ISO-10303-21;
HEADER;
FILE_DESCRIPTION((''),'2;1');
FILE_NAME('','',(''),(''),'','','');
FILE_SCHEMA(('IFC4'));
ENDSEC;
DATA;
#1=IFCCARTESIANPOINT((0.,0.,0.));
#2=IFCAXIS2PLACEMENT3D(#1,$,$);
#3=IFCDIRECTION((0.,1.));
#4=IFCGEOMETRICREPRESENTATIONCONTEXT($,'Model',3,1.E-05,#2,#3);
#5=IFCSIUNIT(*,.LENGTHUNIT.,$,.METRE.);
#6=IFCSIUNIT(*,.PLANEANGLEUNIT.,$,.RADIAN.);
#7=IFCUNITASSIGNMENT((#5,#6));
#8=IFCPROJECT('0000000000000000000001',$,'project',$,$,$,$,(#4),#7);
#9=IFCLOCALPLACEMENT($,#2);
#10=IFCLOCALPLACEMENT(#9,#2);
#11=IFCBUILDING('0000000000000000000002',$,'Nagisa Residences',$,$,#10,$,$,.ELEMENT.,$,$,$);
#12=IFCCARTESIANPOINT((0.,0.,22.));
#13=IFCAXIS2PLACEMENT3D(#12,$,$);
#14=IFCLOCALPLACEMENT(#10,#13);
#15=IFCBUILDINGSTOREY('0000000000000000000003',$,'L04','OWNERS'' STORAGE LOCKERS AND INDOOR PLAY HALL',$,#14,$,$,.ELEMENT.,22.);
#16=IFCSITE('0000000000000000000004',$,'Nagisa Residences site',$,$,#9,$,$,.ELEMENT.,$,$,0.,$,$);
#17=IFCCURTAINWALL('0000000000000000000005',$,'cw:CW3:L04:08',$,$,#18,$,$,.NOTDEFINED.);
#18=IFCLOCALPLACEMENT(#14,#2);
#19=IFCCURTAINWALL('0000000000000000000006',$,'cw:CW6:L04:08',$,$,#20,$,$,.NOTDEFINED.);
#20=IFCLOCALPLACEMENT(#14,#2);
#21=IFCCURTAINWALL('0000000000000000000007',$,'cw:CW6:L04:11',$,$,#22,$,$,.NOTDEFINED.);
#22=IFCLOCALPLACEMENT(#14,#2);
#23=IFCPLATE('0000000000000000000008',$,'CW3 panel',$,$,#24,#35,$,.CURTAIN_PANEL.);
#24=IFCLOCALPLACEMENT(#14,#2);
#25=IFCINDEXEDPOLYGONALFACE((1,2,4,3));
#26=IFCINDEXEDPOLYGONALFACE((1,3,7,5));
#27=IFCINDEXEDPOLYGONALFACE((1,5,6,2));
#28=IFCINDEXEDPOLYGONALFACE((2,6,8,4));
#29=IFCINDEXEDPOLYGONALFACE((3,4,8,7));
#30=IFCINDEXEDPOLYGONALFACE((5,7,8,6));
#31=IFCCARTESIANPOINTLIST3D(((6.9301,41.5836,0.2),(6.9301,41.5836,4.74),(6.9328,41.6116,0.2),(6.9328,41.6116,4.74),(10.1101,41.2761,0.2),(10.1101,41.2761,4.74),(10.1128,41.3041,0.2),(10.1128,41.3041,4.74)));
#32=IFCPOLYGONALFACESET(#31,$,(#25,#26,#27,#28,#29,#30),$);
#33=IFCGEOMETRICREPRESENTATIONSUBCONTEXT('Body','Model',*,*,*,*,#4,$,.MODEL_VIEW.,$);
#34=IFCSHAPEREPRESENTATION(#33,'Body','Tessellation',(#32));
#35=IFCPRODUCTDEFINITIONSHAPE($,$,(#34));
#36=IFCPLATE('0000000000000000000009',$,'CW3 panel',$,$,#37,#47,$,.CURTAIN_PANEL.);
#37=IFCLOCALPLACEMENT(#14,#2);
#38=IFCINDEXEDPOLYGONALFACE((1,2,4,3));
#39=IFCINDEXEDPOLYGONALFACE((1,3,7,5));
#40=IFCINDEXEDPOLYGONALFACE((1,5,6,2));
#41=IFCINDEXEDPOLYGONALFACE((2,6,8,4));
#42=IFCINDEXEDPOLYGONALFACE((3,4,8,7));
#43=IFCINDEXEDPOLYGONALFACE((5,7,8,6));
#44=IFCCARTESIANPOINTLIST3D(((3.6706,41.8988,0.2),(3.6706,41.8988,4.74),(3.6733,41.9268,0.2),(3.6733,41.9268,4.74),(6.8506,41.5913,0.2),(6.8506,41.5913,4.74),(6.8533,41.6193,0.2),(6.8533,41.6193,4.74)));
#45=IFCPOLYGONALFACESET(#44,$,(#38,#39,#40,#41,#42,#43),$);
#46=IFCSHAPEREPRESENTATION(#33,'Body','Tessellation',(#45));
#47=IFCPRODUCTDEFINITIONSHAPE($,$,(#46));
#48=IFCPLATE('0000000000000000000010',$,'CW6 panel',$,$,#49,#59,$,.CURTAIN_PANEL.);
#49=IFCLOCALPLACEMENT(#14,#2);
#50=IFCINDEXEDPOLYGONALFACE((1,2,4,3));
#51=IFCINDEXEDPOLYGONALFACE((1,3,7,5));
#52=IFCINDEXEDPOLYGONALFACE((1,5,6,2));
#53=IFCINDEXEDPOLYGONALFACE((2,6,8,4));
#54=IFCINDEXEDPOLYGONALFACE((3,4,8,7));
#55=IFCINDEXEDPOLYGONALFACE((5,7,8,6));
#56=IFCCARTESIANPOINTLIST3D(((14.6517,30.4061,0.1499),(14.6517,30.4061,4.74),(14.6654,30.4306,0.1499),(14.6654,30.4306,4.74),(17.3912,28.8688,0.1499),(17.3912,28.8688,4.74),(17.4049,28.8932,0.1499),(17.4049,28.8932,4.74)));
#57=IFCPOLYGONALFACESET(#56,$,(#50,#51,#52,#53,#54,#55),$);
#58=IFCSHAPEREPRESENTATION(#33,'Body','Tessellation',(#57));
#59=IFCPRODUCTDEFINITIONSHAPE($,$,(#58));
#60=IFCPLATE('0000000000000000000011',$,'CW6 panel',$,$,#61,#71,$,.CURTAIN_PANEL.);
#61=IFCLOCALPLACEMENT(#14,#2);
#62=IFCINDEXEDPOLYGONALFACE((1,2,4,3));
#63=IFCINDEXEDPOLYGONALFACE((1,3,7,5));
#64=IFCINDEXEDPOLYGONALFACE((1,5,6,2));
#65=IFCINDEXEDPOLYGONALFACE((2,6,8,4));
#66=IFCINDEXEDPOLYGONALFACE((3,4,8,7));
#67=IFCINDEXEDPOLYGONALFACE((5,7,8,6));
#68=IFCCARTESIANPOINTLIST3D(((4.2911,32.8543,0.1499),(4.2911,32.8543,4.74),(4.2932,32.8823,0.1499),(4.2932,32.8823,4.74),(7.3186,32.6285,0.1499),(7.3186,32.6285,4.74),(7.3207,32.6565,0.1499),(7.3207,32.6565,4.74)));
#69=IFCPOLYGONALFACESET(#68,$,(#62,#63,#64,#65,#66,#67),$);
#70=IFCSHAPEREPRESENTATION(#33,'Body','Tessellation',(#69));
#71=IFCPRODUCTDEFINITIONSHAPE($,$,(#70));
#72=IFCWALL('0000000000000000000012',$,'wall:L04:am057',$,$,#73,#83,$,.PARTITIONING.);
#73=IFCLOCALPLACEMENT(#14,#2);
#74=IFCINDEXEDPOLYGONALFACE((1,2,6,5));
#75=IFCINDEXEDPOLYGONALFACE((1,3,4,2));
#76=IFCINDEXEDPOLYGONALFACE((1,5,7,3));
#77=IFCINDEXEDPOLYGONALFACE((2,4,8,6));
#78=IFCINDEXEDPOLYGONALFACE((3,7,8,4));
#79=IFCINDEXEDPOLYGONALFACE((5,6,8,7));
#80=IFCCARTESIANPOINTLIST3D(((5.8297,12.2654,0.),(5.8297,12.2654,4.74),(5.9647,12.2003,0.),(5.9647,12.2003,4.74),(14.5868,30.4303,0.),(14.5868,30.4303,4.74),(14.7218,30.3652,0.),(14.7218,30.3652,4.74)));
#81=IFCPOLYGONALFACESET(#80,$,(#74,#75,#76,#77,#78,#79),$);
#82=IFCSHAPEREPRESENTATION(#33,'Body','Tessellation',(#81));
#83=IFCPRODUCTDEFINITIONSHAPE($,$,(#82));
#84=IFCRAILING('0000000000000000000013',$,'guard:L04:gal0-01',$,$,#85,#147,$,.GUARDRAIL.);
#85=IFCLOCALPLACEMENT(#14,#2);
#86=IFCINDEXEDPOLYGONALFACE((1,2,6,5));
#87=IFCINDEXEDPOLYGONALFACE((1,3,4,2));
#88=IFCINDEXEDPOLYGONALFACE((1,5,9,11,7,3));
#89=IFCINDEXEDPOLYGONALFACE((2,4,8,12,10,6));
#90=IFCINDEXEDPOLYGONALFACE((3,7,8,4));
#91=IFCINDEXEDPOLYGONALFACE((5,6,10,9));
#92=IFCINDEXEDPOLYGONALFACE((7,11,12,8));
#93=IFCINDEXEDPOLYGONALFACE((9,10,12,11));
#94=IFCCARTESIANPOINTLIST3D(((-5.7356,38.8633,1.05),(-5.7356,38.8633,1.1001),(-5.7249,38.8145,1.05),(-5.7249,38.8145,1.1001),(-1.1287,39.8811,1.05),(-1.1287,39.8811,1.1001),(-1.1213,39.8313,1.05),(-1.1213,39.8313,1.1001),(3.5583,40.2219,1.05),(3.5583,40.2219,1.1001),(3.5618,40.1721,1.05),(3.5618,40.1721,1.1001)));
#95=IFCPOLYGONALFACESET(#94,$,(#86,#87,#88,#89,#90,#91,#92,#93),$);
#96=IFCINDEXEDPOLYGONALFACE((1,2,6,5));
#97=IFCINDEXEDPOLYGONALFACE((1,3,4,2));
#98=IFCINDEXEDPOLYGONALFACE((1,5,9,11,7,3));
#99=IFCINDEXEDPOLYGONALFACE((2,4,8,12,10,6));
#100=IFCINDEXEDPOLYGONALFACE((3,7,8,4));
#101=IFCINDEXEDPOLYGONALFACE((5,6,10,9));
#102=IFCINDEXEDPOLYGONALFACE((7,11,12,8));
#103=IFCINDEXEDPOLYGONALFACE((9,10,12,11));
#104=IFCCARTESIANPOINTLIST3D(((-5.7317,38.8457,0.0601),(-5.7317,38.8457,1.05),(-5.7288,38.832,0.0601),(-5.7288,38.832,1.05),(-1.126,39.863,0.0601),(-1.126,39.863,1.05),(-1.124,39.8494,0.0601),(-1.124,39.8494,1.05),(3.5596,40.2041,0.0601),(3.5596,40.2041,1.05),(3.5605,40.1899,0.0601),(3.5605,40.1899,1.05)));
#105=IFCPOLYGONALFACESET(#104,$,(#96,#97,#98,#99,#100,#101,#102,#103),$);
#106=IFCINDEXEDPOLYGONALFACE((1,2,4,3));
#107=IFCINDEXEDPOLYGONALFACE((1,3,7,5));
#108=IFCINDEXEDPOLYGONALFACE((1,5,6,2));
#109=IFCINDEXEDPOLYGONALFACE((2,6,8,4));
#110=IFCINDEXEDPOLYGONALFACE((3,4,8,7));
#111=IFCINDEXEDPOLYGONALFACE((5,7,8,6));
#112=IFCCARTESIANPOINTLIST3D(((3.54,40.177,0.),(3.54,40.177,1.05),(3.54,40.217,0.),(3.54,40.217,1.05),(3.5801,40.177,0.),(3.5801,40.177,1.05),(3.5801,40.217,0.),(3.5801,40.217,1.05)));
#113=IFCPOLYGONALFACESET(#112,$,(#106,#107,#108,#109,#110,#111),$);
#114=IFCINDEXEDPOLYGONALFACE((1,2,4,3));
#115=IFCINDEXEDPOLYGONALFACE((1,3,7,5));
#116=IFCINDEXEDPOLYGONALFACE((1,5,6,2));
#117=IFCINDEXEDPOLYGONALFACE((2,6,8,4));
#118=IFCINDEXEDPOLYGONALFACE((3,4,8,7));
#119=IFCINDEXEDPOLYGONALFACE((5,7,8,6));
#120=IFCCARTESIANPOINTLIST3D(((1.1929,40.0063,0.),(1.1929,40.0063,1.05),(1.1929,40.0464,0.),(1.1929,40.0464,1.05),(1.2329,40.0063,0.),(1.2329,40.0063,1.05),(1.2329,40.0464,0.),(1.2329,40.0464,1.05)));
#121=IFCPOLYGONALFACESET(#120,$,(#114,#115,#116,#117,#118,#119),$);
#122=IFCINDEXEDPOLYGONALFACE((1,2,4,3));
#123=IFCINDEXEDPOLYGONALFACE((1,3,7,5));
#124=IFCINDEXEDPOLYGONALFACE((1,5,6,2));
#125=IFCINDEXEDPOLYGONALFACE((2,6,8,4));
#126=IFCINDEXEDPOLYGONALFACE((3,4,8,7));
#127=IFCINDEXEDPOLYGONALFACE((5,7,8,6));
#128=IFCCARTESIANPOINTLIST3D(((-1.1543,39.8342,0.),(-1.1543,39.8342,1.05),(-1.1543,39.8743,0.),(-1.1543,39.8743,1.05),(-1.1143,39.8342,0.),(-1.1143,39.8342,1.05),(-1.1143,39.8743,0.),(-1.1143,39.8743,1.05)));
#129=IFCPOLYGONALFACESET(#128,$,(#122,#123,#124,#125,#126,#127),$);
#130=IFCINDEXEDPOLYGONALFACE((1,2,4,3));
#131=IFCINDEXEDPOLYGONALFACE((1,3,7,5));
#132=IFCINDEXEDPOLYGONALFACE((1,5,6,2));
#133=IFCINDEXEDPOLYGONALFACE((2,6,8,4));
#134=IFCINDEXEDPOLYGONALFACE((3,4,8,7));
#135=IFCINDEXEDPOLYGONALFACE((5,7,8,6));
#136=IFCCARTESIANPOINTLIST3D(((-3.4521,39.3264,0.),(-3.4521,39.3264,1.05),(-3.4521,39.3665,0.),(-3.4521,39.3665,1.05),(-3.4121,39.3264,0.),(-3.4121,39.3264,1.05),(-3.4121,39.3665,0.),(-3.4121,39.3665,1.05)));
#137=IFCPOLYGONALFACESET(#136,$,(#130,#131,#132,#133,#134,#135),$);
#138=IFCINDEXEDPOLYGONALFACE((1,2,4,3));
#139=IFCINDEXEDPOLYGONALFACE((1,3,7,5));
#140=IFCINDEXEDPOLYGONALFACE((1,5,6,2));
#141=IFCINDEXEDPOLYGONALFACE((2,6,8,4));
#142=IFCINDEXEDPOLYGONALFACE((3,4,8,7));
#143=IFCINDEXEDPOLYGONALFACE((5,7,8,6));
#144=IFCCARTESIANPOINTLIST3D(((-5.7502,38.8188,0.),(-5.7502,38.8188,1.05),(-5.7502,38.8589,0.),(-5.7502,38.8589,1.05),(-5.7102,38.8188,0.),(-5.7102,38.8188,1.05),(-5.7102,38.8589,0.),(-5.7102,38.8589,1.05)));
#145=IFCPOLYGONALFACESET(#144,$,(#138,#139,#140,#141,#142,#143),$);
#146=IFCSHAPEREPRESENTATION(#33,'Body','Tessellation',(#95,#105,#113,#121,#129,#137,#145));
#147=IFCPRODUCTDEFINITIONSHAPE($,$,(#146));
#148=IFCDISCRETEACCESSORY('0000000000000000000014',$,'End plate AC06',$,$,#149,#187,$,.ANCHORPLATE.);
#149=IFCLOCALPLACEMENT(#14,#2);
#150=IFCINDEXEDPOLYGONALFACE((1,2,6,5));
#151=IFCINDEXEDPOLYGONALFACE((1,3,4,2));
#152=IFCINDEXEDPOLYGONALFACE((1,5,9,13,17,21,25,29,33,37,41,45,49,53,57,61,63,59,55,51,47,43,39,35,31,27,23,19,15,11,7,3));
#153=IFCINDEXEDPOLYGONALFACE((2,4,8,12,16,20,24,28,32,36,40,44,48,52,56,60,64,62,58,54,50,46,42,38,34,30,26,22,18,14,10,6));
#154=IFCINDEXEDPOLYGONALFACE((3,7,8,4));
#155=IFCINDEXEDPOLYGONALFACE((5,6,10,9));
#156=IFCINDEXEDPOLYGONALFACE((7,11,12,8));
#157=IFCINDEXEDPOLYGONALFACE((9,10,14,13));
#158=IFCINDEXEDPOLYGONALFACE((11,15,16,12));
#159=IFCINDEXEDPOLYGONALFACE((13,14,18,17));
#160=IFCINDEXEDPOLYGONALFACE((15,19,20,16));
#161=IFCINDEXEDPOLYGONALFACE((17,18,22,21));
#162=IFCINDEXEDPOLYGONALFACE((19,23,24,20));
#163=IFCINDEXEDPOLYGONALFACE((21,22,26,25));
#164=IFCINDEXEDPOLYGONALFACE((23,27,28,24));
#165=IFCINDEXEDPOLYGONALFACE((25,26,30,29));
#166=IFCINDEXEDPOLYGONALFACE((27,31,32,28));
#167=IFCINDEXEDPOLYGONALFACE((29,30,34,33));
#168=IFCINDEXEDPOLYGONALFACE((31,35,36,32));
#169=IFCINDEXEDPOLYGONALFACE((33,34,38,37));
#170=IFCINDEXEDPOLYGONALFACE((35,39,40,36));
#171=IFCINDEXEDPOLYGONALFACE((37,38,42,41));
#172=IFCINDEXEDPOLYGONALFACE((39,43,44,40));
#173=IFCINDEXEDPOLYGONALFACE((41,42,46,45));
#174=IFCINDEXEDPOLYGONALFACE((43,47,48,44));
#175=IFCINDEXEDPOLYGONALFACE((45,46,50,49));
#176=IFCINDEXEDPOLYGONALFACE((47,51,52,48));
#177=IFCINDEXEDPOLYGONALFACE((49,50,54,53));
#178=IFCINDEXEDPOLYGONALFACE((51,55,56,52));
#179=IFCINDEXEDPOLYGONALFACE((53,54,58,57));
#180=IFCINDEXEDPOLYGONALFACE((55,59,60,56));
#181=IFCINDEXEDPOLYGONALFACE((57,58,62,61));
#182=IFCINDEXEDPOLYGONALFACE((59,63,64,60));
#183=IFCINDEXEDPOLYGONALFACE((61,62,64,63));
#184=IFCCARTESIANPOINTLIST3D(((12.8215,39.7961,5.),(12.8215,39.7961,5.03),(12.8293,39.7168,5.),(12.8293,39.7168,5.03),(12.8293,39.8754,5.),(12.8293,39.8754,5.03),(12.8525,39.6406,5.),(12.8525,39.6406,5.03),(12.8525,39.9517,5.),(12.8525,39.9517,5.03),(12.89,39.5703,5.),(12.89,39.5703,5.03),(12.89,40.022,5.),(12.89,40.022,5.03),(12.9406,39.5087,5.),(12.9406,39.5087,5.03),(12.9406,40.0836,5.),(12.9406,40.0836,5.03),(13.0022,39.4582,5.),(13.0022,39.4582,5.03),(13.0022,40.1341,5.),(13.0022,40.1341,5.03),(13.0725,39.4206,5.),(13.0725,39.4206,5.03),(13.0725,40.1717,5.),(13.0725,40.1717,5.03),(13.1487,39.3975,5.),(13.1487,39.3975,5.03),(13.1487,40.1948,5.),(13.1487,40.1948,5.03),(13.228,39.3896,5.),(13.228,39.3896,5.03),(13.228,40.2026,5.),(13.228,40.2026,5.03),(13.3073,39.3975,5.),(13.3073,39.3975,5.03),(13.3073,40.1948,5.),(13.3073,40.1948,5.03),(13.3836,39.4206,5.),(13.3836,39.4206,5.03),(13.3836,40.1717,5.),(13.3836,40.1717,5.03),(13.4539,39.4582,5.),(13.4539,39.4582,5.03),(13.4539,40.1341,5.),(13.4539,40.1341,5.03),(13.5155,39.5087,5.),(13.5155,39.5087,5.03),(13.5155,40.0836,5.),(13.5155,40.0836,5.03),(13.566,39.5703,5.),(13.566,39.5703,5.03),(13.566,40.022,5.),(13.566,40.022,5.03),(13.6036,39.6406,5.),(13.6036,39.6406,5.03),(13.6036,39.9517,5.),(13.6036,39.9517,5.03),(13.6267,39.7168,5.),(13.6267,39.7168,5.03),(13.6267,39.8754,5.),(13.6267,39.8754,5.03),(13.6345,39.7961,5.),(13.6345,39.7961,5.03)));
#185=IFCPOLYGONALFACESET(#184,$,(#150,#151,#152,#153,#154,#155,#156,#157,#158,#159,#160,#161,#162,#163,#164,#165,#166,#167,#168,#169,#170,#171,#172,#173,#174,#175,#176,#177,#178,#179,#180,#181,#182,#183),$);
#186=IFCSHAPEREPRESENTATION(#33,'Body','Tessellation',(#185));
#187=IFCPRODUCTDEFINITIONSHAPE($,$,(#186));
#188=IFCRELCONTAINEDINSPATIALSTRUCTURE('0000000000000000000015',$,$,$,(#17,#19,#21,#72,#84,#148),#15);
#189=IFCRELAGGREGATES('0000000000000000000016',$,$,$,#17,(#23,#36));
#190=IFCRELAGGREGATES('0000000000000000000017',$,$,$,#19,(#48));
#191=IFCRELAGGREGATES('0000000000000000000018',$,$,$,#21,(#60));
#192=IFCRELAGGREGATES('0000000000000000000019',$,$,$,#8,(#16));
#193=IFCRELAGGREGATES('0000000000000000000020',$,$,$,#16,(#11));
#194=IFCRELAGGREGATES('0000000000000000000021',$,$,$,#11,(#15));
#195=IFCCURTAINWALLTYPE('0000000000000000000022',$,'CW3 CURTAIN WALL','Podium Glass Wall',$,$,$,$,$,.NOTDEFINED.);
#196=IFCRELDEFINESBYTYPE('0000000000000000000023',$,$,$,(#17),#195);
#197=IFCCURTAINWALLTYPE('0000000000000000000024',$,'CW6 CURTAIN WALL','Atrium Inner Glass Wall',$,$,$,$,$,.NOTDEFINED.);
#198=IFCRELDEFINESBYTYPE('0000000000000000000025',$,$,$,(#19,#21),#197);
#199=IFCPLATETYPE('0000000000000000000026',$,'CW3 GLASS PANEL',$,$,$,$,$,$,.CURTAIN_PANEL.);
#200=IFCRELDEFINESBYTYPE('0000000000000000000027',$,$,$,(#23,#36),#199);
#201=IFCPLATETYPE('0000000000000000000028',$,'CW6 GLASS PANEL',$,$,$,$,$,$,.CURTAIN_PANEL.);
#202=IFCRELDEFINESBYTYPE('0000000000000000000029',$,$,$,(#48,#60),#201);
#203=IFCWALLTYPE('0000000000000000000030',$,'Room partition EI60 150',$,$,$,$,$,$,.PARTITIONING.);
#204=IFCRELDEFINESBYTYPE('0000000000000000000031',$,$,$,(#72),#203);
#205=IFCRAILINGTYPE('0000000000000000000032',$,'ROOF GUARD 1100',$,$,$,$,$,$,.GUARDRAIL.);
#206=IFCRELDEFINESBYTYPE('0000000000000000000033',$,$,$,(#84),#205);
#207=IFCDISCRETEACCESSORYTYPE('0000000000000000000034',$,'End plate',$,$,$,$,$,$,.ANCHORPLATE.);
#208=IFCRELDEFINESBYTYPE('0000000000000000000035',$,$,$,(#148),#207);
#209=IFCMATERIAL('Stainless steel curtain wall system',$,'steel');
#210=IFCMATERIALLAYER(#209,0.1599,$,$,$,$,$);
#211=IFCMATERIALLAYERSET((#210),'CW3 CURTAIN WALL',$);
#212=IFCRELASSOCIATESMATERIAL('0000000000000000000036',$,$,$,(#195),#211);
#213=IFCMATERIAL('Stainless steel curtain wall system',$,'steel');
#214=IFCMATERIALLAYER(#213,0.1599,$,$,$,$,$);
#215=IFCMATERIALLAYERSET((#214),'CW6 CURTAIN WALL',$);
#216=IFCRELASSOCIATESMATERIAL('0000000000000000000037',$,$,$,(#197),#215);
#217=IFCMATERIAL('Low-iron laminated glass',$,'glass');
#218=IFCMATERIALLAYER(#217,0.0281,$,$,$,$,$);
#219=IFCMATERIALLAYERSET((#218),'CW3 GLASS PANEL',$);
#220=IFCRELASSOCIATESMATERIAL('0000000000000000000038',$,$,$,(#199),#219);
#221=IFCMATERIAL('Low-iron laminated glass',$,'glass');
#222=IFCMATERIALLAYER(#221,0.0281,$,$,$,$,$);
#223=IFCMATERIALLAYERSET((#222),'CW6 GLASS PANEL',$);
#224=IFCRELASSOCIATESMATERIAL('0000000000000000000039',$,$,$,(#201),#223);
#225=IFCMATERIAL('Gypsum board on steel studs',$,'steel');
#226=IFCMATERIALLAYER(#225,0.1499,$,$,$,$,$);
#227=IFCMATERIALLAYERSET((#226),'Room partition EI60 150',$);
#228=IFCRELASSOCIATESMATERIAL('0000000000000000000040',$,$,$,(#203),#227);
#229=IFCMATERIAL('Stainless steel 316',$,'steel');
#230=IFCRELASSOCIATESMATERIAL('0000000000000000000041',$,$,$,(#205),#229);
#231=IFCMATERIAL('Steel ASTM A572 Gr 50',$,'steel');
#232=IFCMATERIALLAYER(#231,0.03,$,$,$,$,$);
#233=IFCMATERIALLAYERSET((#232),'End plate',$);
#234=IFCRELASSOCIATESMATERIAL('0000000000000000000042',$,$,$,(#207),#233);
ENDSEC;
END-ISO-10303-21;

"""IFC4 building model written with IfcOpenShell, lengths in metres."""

from ifc_helpers import new_model, si_unit, direction, frame, frame_2d, origin, origin_2d, place, context, subcontext, project, spatial, polyline, rectangle, circle, outline, extrude, material, layer, layer_set, type_object, element, aggregate, save


model = new_model("IFC4")

# Units and contexts
model_context = context("Model", 3, precision=1e-05, world=origin(), true_north=direction((0.0, 1.0)))
body_context = subcontext(model_context, "Body", "Model", "MODEL_VIEW")
ifc_project = project(units=[si_unit("LENGTHUNIT", "METRE"), si_unit("PLANEANGLEUNIT", "RADIAN")], contexts=[model_context])

# Site, building, storey
site_placement = place(None, origin())
site = spatial("IfcSite", under=ifc_project, at=site_placement, Name="Nagisa Residences site", CompositionType="ELEMENT", RefElevation=0.0)
building_placement = place(site_placement, origin())
building = spatial("IfcBuilding", under=site, at=building_placement, Name="Nagisa Residences", CompositionType="ELEMENT")
storey_placement = place(building_placement, frame((0.0, 0.0, 22.0)))
storey = spatial("IfcBuildingStorey", under=building, at=storey_placement, Name="L04", Description="OWNERS' STORAGE LOCKERS AND INDOOR PLAY HALL", CompositionType="ELEMENT", Elevation=22.0)

# Shared definitions
ifc_material_1 = material(Name="Stainless steel curtain wall system", Category="steel")
ifc_layer_1 = layer(ifc_material_1, 0.1599)
ifc_layer_set_1 = layer_set([ifc_layer_1], Name="CW3 CURTAIN WALL")
curtain_wall_type_1 = type_object("IfcCurtainWallType", Name="CW3 CURTAIN WALL", Description="Podium Glass Wall", PredefinedType="NOTDEFINED", material=ifc_layer_set_1)

# Curtain wall
curtain_wall_1_placement = place(storey_placement, origin())
curtain_wall_1 = element("IfcCurtainWall", 1, at=curtain_wall_1_placement, inside=storey, type_object=curtain_wall_type_1, Name="cw:CW3:L04:08", PredefinedType="NOTDEFINED")

# Curtain wall
ifc_material_2 = material(Name="Stainless steel curtain wall system", Category="steel")
ifc_layer_2 = layer(ifc_material_2, 0.1599)
ifc_layer_set_2 = layer_set([ifc_layer_2], Name="CW6 CURTAIN WALL")
curtain_wall_type_2 = type_object("IfcCurtainWallType", Name="CW6 CURTAIN WALL", Description="Atrium Inner Glass Wall", PredefinedType="NOTDEFINED", material=ifc_layer_set_2)
curtain_wall_2_placement = place(storey_placement, origin())
curtain_wall_2 = element("IfcCurtainWall", 2, at=curtain_wall_2_placement, inside=storey, type_object=curtain_wall_type_2, Name="cw:CW6:L04:08", PredefinedType="NOTDEFINED")

# Curtain wall
curtain_wall_3_placement = place(storey_placement, origin())
curtain_wall_3 = element("IfcCurtainWall", 3, at=curtain_wall_3_placement, inside=storey, type_object=curtain_wall_type_2, Name="cw:CW6:L04:11", PredefinedType="NOTDEFINED")

# Plates
ifc_material_3 = material(Name="Low-iron laminated glass", Category="glass")
ifc_layer_3 = layer(ifc_material_3, 0.0281)
ifc_layer_set_3 = layer_set([ifc_layer_3], Name="CW3 GLASS PANEL")
plate_type_1 = type_object("IfcPlateType", Name="CW3 GLASS PANEL", PredefinedType="CURTAIN_PANEL", material=ifc_layer_set_3)
plate_1_placement = place(storey_placement, frame((8.5215, 41.4438, 0.2), z_axis=(0.0, 0.0, 1.0), x_axis=(-0.995357, 0.096249, 0.0)))
plate_1 = element("IfcPlate", 4, at=plate_1_placement, type_object=plate_type_1, Name="CW3 panel", PredefinedType="CURTAIN_PANEL", context=body_context, shape_type="SweptSolid", body=[
    extrude(rectangle(XDim=3.1948, YDim=0.0281, at=origin_2d()), origin(), (0.0, 0.0, 1.0), 4.54),
])
plate_2_placement = place(storey_placement, frame((5.262, 41.759, 0.2), z_axis=(0.0, 0.0, 1.0), x_axis=(-0.995357, 0.096249, 0.0)))
plate_2 = element("IfcPlate", 5, at=plate_2_placement, type_object=plate_type_1, Name="CW3 panel", PredefinedType="CURTAIN_PANEL", context=body_context, shape_type="SweptSolid", body=[
    extrude(rectangle(XDim=3.1948, YDim=0.0281, at=origin_2d()), origin(), (0.0, 0.0, 1.0), 4.54),
])
aggregate(curtain_wall_1, [plate_1, plate_2])
ifc_material_4 = material(Name="Low-iron laminated glass", Category="glass")
ifc_layer_4 = layer(ifc_material_4, 0.0281)
ifc_layer_set_4 = layer_set([ifc_layer_4], Name="CW6 GLASS PANEL")
plate_type_2 = type_object("IfcPlateType", Name="CW6 GLASS PANEL", PredefinedType="CURTAIN_PANEL", material=ifc_layer_set_4)
plate_3_placement = place(storey_placement, frame((16.0283, 29.6497, 0.1499), z_axis=(0.0, 0.0, 1.0), x_axis=(-0.872072, 0.489377, 0.0)))
plate_3 = element("IfcPlate", 6, at=plate_3_placement, type_object=plate_type_2, Name="CW6 panel", PredefinedType="CURTAIN_PANEL", context=body_context, shape_type="SweptSolid", body=[
    extrude(rectangle(XDim=3.1414, YDim=0.0281, at=origin_2d()), origin(), (0.0, 0.0, 1.0), 4.5901),
])
aggregate(curtain_wall_2, [plate_3])
plate_4_placement = place(storey_placement, frame((5.8059, 32.7554, 0.1499), z_axis=(0.0, 0.0, 1.0), x_axis=(-0.99723, 0.074377, 0.0)))
plate_4 = element("IfcPlate", 7, at=plate_4_placement, type_object=plate_type_2, Name="CW6 panel", PredefinedType="CURTAIN_PANEL", context=body_context, shape_type="SweptSolid", body=[
    extrude(rectangle(XDim=3.0359, YDim=0.0281, at=origin_2d()), origin(), (0.0, 0.0, 1.0), 4.5901),
])
aggregate(curtain_wall_3, [plate_4])

# Wall
ifc_material_5 = material(Name="Gypsum board on steel studs", Category="steel")
ifc_layer_5 = layer(ifc_material_5, 0.1499)
ifc_layer_set_5 = layer_set([ifc_layer_5], Name="Room partition EI60 150")
wall_type = type_object("IfcWallType", Name="Room partition EI60 150", PredefinedType="PARTITIONING", material=ifc_layer_set_5)
wall_placement = place(storey_placement, frame((14.6543, 30.3977, 0.0), z_axis=(0.0, 0.0, 1.0), x_axis=(-0.434261, -0.900787, 0.0)))
element("IfcWall", 8, at=wall_placement, inside=storey, type_object=wall_type, Name="wall:L04:am057", PredefinedType="PARTITIONING", context=body_context, shape_type="SweptSolid", body=[
    extrude(rectangle(XDim=20.1655, YDim=0.1499, at=frame_2d((10.0828, 0.0))), origin(), (0.0, 0.0, 1.0), 4.74),
])

# Railing
ifc_material_6 = material(Name="Stainless steel 316", Category="steel")
railing_type = type_object("IfcRailingType", Name="ROOF GUARD 1100", PredefinedType="GUARDRAIL", material=ifc_material_6)
railing_1_placement = place(storey_placement, frame((3.5601, 40.197, 0.0)))
element("IfcRailing", 9, at=railing_1_placement, inside=storey, type_object=railing_type, Name="guard:L04:gal0-01", PredefinedType="GUARDRAIL", context=body_context, shape_type="SweptSolid", body=[
    extrude(outline(polyline([(-4.6814, -0.3657), (0.0017, -0.0249), (-0.0017, 0.0249), (-4.6887, -0.3159), (-9.2957, -1.3337), (-9.2849, -1.3826), (-4.6814, -0.3657)])), frame((0.0, 0.0, 1.05)), (0.0, 0.0, 1.0), 0.05),
    extrude(outline(polyline([(-4.6841, -0.3477), (0.0005, -0.0071), (-0.0005, 0.0071), (-4.686, -0.334), (-9.2917, -1.3513), (-9.2888, -1.365), (-4.6841, -0.3477)])), frame((0.0, 0.0, 0.0601)), (0.0, 0.0, 1.0), 0.99),
    extrude(rectangle(XDim=0.04, YDim=0.04, at=origin_2d()), origin(), (0.0, 0.0, 1.0), 1.05),
    extrude(rectangle(XDim=0.04, YDim=0.04, at=origin_2d()), frame((-2.3472, -0.1707, 0.0)), (0.0, 0.0, 1.0), 1.05),
    extrude(rectangle(XDim=0.04, YDim=0.04, at=origin_2d()), frame((-4.6943, -0.3428, 0.0)), (0.0, 0.0, 1.0), 1.05),
    extrude(rectangle(XDim=0.04, YDim=0.04, at=origin_2d()), frame((-6.9922, -0.8506, 0.0)), (0.0, 0.0, 1.0), 1.05),
    extrude(rectangle(XDim=0.04, YDim=0.04, at=origin_2d()), frame((-9.2903, -1.3582, 0.0)), (0.0, 0.0, 1.0), 1.05),
])

# Discrete accessory
ifc_material_7 = material(Name="Steel ASTM A572 Gr 50", Category="steel")
ifc_layer_6 = layer(ifc_material_7, 0.03)
ifc_layer_set_6 = layer_set([ifc_layer_6], Name="End plate")
discrete_accessory_type_1 = type_object("IfcDiscreteAccessoryType", Name="End plate", PredefinedType="ANCHORPLATE", material=ifc_layer_set_6)
for number, where, z_axis, x_axis, name in (
    (10, (13.228, 39.7961, 5.0), (0.0, 0.0, 1.0), (1.0, 0.0, 0.0), "End plate AC06"),
):
    element("IfcDiscreteAccessory", number, at=place(storey_placement, frame(where, z_axis=z_axis, x_axis=x_axis)), inside=storey, type_object=discrete_accessory_type_1, Name=name, PredefinedType="ANCHORPLATE", context=body_context, shape_type="SweptSolid", body=[
        extrude(circle(Radius=0.4065, at=origin_2d()), origin(), (0.0, 0.0, 1.0), 0.03),
    ])

save(model, "model.ifc")
